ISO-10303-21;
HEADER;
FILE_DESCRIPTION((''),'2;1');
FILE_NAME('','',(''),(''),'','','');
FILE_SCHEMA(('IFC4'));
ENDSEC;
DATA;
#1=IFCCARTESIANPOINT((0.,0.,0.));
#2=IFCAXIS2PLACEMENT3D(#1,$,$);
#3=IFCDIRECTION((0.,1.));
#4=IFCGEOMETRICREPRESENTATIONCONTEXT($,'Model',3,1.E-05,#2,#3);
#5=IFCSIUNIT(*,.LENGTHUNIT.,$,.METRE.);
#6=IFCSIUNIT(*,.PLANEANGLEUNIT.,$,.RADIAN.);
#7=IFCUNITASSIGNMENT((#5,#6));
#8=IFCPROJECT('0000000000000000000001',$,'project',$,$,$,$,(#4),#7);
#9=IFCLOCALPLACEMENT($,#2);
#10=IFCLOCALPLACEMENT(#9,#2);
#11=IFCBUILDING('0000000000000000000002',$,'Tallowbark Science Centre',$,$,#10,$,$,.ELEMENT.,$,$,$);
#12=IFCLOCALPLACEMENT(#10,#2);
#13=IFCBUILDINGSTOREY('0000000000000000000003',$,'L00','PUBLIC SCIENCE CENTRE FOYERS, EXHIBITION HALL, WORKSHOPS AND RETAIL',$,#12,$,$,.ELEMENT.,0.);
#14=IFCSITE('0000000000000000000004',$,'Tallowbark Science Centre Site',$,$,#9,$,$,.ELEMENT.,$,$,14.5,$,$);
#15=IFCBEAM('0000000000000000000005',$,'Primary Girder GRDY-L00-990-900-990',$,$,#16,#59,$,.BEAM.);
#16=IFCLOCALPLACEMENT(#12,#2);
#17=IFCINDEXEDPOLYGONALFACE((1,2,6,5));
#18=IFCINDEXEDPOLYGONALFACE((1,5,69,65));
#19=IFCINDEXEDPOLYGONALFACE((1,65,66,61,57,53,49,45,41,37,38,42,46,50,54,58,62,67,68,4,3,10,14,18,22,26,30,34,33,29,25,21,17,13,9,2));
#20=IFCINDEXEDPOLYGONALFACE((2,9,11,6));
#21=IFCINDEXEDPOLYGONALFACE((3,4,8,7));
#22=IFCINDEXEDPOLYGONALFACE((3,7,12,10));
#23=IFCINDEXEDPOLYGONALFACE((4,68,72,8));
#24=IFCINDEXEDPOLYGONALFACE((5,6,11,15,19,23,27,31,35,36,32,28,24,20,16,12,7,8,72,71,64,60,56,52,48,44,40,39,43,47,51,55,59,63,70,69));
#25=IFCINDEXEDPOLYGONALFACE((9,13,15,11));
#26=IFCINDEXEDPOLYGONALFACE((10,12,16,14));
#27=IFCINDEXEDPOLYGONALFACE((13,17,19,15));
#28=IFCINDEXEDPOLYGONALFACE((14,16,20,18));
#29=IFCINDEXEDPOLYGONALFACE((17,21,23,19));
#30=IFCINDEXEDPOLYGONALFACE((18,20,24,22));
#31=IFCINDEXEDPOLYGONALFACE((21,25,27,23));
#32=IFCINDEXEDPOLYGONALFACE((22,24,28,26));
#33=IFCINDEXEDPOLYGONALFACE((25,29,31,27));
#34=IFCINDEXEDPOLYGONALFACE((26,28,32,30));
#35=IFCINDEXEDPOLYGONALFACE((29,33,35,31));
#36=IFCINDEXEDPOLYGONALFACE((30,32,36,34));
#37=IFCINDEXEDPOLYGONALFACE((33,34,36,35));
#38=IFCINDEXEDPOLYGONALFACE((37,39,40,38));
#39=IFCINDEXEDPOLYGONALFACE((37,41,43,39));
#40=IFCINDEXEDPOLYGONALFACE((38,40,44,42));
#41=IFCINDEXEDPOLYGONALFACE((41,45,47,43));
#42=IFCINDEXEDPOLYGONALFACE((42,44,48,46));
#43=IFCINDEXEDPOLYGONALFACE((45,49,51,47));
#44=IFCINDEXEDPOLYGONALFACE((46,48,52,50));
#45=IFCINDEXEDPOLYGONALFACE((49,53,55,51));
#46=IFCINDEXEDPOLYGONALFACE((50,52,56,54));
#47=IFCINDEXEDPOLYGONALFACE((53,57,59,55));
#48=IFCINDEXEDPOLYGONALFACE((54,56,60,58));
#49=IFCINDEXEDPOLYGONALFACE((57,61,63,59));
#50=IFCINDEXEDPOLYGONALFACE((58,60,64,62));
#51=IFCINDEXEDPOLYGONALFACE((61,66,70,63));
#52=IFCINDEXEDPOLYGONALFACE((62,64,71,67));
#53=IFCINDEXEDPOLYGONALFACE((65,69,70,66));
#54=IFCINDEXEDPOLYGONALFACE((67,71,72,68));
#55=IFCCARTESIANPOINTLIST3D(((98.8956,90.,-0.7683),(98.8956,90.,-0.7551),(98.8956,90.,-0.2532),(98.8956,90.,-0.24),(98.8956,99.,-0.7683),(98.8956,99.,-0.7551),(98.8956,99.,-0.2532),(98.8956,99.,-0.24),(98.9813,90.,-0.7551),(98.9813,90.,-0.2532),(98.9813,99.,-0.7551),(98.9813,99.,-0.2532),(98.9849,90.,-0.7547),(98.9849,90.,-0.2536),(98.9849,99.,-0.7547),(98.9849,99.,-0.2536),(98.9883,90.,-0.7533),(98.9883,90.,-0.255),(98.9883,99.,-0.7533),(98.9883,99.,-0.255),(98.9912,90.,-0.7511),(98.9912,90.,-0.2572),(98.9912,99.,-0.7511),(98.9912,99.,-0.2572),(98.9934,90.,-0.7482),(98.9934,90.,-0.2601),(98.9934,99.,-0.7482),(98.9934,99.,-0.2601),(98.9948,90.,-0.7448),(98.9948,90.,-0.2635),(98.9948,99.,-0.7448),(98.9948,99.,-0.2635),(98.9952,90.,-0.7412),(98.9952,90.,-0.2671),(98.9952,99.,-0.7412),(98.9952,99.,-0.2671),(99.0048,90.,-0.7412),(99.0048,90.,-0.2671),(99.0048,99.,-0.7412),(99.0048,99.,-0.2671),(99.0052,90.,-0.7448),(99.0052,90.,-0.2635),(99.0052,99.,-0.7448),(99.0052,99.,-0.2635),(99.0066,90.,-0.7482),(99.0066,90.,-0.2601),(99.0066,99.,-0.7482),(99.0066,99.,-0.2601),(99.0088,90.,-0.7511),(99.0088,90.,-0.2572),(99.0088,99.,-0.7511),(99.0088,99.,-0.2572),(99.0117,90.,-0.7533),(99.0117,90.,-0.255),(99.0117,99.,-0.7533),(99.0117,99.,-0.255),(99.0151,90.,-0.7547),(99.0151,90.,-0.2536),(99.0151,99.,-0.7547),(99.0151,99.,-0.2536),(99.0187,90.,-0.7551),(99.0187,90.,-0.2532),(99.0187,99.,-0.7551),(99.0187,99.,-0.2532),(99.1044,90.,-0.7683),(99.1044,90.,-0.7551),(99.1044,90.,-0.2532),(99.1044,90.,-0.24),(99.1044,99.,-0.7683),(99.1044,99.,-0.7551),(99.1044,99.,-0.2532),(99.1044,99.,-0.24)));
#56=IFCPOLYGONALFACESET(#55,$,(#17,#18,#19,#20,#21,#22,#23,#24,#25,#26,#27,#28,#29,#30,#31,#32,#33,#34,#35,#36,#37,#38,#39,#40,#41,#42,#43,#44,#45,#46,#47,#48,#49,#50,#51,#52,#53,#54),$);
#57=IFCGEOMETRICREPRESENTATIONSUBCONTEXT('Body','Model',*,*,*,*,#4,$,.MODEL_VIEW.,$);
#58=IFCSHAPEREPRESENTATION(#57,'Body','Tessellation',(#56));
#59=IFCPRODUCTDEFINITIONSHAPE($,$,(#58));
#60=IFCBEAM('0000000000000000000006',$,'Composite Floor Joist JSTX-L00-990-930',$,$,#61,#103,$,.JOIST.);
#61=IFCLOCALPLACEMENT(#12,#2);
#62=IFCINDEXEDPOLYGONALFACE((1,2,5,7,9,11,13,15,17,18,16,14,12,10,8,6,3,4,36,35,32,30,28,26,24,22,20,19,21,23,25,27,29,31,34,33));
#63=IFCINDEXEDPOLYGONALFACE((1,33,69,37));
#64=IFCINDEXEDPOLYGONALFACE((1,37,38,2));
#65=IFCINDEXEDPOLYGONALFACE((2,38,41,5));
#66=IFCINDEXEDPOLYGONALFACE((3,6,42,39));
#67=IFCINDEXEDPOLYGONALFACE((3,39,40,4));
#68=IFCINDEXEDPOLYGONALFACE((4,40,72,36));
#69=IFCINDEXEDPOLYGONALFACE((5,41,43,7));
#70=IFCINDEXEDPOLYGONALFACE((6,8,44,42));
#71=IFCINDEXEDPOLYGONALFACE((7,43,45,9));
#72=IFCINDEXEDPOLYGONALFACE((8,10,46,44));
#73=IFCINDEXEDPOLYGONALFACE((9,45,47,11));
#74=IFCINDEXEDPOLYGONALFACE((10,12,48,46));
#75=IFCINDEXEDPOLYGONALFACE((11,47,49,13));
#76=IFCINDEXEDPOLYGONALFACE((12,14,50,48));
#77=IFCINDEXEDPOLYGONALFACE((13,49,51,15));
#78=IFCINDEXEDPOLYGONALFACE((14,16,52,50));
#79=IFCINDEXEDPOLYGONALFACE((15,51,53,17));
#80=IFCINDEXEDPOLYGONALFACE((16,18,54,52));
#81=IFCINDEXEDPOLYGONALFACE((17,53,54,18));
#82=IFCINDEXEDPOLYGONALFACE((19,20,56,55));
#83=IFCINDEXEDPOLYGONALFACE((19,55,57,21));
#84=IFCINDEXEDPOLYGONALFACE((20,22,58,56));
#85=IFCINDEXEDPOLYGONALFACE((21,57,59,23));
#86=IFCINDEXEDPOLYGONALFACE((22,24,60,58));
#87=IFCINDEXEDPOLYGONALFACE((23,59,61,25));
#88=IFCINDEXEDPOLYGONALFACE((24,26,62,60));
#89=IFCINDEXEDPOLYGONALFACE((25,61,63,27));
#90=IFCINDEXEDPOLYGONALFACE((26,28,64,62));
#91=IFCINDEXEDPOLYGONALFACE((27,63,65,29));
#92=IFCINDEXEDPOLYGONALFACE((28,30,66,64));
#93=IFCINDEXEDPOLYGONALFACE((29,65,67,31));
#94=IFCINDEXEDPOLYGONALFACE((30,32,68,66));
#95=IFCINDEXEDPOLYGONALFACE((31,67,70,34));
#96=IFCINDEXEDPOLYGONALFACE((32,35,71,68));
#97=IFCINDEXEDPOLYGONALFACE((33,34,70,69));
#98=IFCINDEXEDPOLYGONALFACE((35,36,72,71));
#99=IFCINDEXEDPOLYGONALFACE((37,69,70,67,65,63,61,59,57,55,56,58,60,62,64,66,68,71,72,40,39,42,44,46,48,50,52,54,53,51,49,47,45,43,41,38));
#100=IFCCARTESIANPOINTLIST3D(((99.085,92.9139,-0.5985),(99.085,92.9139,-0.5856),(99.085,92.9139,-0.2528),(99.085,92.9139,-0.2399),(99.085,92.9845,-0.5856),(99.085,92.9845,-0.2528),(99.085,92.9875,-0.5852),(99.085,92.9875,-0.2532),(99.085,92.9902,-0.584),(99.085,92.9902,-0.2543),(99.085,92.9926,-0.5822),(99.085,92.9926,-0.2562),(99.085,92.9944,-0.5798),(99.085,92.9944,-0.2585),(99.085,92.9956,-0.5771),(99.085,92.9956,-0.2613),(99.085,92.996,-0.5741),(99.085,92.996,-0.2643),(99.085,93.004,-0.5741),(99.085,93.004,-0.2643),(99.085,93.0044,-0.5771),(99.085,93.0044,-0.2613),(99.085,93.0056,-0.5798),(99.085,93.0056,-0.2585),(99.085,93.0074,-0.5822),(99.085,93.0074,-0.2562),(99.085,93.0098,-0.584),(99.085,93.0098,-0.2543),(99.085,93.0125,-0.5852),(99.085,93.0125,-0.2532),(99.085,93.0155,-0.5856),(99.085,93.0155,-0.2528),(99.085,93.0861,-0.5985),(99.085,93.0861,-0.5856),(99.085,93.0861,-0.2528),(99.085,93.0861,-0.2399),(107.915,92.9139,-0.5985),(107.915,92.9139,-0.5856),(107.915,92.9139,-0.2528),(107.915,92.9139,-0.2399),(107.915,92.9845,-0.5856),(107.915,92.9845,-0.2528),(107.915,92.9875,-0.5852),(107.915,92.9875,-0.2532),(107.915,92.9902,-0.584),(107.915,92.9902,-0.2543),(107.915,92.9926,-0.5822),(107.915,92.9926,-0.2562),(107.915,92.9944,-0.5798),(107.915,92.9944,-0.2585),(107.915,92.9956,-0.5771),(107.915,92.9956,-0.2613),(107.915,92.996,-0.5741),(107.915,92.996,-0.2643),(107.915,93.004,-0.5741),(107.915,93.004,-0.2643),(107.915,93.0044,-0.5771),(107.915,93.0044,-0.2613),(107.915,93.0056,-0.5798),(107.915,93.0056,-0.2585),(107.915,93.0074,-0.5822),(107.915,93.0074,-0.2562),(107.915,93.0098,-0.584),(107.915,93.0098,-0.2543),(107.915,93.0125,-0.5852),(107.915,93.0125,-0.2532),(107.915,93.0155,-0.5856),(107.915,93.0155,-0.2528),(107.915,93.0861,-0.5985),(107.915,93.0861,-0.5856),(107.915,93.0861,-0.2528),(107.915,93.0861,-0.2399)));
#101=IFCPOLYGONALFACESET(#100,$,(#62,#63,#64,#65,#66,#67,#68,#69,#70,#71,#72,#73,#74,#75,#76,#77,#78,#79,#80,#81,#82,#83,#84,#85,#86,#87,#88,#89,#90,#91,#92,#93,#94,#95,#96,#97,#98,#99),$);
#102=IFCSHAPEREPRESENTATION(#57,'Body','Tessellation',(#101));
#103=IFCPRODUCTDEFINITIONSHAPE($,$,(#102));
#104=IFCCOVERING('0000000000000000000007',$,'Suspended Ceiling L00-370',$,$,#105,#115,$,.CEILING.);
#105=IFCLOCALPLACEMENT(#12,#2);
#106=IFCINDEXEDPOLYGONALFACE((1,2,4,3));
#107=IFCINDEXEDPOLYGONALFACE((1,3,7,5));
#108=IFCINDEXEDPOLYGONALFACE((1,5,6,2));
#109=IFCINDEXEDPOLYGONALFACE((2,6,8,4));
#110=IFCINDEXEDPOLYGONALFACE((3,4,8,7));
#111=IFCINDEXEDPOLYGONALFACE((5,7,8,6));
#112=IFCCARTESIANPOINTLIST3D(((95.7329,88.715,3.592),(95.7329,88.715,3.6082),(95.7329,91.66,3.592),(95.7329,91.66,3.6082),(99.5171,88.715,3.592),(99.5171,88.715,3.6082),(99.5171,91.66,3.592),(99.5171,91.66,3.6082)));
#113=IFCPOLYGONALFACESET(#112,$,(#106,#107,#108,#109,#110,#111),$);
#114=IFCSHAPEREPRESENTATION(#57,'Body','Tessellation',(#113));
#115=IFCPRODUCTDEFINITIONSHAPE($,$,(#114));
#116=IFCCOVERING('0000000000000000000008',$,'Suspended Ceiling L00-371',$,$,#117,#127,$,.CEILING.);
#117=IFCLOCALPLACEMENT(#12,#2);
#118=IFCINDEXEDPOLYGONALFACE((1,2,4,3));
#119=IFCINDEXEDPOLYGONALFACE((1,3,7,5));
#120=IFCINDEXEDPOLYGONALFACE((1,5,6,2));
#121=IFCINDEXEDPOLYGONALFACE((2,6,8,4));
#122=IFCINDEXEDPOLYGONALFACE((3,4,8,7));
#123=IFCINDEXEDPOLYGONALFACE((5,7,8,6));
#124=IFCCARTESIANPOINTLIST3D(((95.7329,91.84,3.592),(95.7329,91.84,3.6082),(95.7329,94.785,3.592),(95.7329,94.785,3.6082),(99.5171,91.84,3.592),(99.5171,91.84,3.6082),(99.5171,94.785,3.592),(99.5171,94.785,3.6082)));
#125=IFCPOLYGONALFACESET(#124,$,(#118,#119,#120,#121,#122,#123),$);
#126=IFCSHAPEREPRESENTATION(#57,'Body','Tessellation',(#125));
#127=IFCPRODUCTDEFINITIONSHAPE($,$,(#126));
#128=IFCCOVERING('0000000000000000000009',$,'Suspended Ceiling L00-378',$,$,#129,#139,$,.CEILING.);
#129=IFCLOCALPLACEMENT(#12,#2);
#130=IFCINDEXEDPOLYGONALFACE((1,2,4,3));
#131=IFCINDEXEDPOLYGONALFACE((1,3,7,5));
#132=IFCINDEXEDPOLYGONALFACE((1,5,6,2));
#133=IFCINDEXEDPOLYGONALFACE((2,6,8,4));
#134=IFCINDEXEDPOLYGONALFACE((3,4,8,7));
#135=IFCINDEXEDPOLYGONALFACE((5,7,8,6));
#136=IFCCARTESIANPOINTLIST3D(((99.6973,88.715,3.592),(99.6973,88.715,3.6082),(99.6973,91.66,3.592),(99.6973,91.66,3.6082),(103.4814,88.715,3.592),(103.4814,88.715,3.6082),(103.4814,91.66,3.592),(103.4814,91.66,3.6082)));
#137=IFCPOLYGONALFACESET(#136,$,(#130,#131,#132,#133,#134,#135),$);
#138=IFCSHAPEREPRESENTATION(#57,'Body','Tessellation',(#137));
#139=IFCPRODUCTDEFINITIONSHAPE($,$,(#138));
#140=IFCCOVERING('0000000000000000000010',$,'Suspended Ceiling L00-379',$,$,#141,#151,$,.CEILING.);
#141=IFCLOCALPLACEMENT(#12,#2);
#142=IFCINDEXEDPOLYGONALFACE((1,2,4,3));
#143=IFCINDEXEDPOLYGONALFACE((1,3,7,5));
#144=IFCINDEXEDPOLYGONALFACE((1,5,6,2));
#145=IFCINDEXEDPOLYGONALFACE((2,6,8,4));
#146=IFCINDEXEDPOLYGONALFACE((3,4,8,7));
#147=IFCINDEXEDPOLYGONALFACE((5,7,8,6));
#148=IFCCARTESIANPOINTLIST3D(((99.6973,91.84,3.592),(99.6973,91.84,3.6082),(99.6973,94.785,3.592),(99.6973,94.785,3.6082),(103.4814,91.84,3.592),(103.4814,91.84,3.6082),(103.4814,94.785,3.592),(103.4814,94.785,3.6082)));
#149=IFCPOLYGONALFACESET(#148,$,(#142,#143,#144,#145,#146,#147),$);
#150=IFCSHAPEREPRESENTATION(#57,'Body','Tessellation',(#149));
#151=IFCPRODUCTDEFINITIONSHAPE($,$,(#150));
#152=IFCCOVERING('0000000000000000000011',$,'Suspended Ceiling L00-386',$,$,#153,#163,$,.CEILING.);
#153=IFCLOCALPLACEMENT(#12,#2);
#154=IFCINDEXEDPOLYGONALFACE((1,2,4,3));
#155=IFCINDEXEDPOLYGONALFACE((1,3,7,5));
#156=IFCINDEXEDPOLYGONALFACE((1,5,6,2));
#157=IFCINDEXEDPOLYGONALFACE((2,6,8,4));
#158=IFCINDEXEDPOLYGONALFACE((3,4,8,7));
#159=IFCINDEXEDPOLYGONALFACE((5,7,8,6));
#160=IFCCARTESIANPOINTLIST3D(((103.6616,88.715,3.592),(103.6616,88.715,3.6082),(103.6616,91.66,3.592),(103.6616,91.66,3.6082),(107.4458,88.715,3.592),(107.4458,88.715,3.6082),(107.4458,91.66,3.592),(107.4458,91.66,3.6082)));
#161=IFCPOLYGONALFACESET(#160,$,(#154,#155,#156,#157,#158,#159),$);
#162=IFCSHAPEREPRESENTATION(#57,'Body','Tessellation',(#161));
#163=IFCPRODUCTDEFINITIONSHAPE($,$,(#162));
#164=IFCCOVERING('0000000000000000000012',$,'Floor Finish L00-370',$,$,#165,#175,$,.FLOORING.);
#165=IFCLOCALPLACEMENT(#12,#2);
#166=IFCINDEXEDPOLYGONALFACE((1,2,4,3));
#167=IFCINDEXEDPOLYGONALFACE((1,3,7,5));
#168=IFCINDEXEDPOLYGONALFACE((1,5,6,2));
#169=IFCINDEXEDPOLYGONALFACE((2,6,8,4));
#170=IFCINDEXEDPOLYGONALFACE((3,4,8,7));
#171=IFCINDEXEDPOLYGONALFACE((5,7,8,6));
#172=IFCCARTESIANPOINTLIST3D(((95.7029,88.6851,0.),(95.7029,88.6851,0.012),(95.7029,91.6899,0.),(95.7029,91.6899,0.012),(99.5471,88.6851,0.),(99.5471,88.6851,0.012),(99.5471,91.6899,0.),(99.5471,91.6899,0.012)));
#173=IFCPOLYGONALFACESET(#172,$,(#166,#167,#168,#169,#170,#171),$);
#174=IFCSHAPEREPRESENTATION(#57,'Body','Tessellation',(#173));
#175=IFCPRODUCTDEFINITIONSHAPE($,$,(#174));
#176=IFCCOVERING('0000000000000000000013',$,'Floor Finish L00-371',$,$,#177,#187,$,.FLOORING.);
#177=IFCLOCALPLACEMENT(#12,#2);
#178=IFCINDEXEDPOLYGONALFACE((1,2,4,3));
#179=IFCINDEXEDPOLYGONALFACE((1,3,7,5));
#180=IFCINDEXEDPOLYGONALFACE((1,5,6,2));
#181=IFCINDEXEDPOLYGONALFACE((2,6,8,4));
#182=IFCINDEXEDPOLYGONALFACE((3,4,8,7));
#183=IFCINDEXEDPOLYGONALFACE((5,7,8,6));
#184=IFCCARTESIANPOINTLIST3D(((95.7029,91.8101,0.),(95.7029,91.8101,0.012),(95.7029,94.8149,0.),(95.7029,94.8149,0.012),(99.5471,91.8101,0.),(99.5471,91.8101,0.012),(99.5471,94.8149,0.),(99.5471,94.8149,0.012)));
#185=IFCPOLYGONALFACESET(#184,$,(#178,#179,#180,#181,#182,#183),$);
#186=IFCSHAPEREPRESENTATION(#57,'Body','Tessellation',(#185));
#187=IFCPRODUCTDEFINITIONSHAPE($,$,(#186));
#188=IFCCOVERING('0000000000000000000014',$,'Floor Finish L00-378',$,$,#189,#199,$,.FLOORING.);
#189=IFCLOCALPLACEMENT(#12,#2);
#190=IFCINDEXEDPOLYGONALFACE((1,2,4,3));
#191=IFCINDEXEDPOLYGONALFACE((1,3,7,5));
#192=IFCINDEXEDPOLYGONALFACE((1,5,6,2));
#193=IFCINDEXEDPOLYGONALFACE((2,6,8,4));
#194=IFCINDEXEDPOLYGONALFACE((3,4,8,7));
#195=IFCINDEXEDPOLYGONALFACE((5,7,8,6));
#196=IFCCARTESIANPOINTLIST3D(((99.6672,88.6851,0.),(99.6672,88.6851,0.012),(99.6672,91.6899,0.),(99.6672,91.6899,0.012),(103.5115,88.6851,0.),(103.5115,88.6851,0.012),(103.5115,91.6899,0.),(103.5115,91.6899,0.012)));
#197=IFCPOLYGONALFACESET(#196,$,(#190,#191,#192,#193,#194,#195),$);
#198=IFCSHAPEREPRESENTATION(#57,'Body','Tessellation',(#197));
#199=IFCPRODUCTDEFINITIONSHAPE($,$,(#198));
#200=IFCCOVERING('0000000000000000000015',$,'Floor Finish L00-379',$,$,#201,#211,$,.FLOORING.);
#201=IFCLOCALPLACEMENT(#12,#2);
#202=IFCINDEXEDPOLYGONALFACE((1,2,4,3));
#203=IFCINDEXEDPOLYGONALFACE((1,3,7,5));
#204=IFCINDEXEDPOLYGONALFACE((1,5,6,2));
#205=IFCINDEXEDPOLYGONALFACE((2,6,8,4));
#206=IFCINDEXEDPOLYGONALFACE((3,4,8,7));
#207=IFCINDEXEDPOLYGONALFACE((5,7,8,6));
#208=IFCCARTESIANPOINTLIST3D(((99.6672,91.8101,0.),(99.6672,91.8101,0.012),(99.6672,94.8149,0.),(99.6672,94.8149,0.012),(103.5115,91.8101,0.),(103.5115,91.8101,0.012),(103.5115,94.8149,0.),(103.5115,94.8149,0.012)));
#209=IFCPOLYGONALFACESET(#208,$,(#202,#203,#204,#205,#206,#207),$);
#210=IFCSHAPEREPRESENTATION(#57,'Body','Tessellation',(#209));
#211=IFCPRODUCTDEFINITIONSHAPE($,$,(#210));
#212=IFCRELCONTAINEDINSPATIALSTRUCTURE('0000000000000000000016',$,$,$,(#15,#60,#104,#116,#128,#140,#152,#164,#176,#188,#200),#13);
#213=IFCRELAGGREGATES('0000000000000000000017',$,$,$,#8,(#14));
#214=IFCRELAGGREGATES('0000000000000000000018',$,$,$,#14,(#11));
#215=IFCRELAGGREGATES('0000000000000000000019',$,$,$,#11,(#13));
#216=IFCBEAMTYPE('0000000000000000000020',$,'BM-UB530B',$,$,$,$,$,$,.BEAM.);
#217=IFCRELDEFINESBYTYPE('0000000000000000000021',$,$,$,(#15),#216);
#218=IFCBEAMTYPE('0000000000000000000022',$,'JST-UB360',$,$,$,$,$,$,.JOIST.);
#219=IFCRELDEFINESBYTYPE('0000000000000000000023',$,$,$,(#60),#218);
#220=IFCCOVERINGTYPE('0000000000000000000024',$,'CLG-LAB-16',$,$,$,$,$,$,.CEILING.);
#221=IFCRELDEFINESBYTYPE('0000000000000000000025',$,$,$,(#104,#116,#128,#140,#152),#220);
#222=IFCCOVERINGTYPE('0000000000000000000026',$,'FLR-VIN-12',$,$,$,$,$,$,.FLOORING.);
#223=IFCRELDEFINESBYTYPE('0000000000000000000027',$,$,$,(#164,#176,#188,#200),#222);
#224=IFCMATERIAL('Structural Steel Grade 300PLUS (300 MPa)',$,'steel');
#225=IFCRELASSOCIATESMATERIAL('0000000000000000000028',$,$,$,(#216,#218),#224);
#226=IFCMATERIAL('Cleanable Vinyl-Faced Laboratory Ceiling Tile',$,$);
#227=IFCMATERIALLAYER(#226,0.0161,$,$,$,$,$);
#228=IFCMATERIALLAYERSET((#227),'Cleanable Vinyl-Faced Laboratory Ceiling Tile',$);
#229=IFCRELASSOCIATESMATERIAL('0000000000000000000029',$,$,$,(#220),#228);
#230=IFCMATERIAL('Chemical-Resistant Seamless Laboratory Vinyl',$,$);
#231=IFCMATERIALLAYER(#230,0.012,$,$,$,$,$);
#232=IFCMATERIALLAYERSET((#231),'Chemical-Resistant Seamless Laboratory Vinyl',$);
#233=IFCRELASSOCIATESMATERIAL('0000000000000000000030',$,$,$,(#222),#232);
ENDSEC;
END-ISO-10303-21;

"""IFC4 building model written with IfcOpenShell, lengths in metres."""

from ifc_helpers import new_model, si_unit, direction, frame, origin, origin_2d, place, context, subcontext, project, spatial, rectangle, i_section, extrude, material, layer, layer_set, material_profile, profile_set, type_object, element, save


model = new_model("IFC4")

# Units and contexts
model_context = context("Model", 3, precision=1e-05, world=origin(), true_north=direction((0.0, 1.0)))
body_context = subcontext(model_context, "Body", "Model", "MODEL_VIEW")
ifc_project = project(units=[si_unit("LENGTHUNIT", "METRE"), si_unit("PLANEANGLEUNIT", "RADIAN")], contexts=[model_context])

# Site, building, storey
site_placement = place(None, origin())
site = spatial("IfcSite", under=ifc_project, at=site_placement, Name="Tallowbark Science Centre Site", CompositionType="ELEMENT", RefElevation=14.5)
building_placement = place(site_placement, origin())
building = spatial("IfcBuilding", under=site, at=building_placement, Name="Tallowbark Science Centre", CompositionType="ELEMENT")
storey_placement = place(building_placement, origin())
storey = spatial("IfcBuildingStorey", under=building, at=storey_placement, Name="L00", Description="PUBLIC SCIENCE CENTRE FOYERS, EXHIBITION HALL, WORKSHOPS AND RETAIL", CompositionType="ELEMENT", Elevation=0.0)

# Beams
ifc_material_1 = material(Name="Structural Steel Grade 300PLUS (300 MPa)", Category="steel")
ifc_material_profile_1 = material_profile(ifc_material_1, i_section(OverallWidth=0.2087, OverallDepth=0.5283, WebThickness=0.0095, FlangeThickness=0.0132, FilletRadius=0.0139, at=origin_2d()), Name="530UB82.0")
ifc_profile_set_1 = profile_set([ifc_material_profile_1], Name="Structural Steel Grade 300PLUS (300 MPa)")
beam_type_1 = type_object("IfcBeamType", Name="BM-UB530B", PredefinedType="BEAM", material=ifc_profile_set_1)
beam_1_placement = place(storey_placement, frame((99.0, 90.0, -0.5042), z_axis=(0.0, 1.0, 0.0), x_axis=(-1.0, 0.0, 0.0)))
element("IfcBeam", 1, at=beam_1_placement, inside=storey, type_object=beam_type_1, Name="Primary Girder GRDY-L00-990-900-990", PredefinedType="BEAM", context=body_context, shape_type="SweptSolid", body=[
    extrude(i_section(OverallWidth=0.2087, OverallDepth=0.5283, WebThickness=0.0095, FlangeThickness=0.0132, FilletRadius=0.0139, at=origin_2d()), origin(), (0.0, 0.0, 1.0), 9.0),
])
ifc_material_profile_2 = material_profile(ifc_material_1, i_section(OverallWidth=0.1721, OverallDepth=0.3586, WebThickness=0.0081, FlangeThickness=0.0129, FilletRadius=0.0115, at=origin_2d()), Name="360UB56.7")
ifc_profile_set_2 = profile_set([ifc_material_profile_2], Name="Structural Steel Grade 300PLUS (300 MPa)")
beam_type_2 = type_object("IfcBeamType", Name="JST-UB360", PredefinedType="JOIST", material=ifc_profile_set_2)
beam_2_placement = place(storey_placement, frame((99.085, 93.0, -0.4192), z_axis=(1.0, 0.0, 0.0), x_axis=(0.0, 1.0, 0.0)))
element("IfcBeam", 2, at=beam_2_placement, inside=storey, type_object=beam_type_2, Name="Composite Floor Joist JSTX-L00-990-930", PredefinedType="JOIST", context=body_context, shape_type="SweptSolid", body=[
    extrude(i_section(OverallWidth=0.1721, OverallDepth=0.3586, WebThickness=0.0081, FlangeThickness=0.0129, FilletRadius=0.0115, at=origin_2d()), origin(), (0.0, 0.0, 1.0), 8.8301),
])

# Coverings
ifc_material_2 = material(Name="Cleanable Vinyl-Faced Laboratory Ceiling Tile")
ifc_layer_1 = layer(ifc_material_2, 0.0161)
ifc_layer_set_1 = layer_set([ifc_layer_1], Name="Cleanable Vinyl-Faced Laboratory Ceiling Tile")
covering_type_1 = type_object("IfcCoveringType", Name="CLG-LAB-16", PredefinedType="CEILING", material=ifc_layer_set_1)
for number, where, z_axis, x_axis, name in (
    (3, (97.625, 90.1875, 3.592), (0.0, 0.0, 1.0), (1.0, 0.0, 0.0), "Suspended Ceiling L00-370"),
    (4, (97.625, 93.3125, 3.592), (0.0, 0.0, 1.0), (1.0, 0.0, 0.0), "Suspended Ceiling L00-371"),
    (5, (101.5894, 90.1875, 3.592), (0.0, 0.0, 1.0), (1.0, 0.0, 0.0), "Suspended Ceiling L00-378"),
    (6, (101.5894, 93.3125, 3.592), (0.0, 0.0, 1.0), (1.0, 0.0, 0.0), "Suspended Ceiling L00-379"),
    (7, (105.5537, 90.1875, 3.592), (0.0, 0.0, 1.0), (1.0, 0.0, 0.0), "Suspended Ceiling L00-386"),
):
    element("IfcCovering", number, at=place(storey_placement, frame(where, z_axis=z_axis, x_axis=x_axis)), inside=storey, type_object=covering_type_1, Name=name, PredefinedType="CEILING", context=body_context, shape_type="SweptSolid", body=[
        extrude(rectangle(XDim=3.7842, YDim=2.9451, at=origin_2d()), origin(), (0.0, 0.0, 1.0), 0.0161),
    ])
ifc_material_3 = material(Name="Chemical-Resistant Seamless Laboratory Vinyl")
ifc_layer_2 = layer(ifc_material_3, 0.012)
ifc_layer_set_2 = layer_set([ifc_layer_2], Name="Chemical-Resistant Seamless Laboratory Vinyl")
covering_type_2 = type_object("IfcCoveringType", Name="FLR-VIN-12", PredefinedType="FLOORING", material=ifc_layer_set_2)
for number, where, z_axis, x_axis, name in (
    (8, (97.625, 90.1875, 0.0), (0.0, 0.0, 1.0), (1.0, 0.0, 0.0), "Floor Finish L00-370"),
    (9, (97.625, 93.3125, 0.0), (0.0, 0.0, 1.0), (1.0, 0.0, 0.0), "Floor Finish L00-371"),
    (10, (101.5894, 90.1875, 0.0), (0.0, 0.0, 1.0), (1.0, 0.0, 0.0), "Floor Finish L00-378"),
    (11, (101.5894, 93.3125, 0.0), (0.0, 0.0, 1.0), (1.0, 0.0, 0.0), "Floor Finish L00-379"),
):
    element("IfcCovering", number, at=place(storey_placement, frame(where, z_axis=z_axis, x_axis=x_axis)), inside=storey, type_object=covering_type_2, Name=name, PredefinedType="FLOORING", context=body_context, shape_type="SweptSolid", body=[
        extrude(rectangle(XDim=3.8442, YDim=3.0049, at=origin_2d()), origin(), (0.0, 0.0, 1.0), 0.012),
    ])

save(model, "model.ifc")
